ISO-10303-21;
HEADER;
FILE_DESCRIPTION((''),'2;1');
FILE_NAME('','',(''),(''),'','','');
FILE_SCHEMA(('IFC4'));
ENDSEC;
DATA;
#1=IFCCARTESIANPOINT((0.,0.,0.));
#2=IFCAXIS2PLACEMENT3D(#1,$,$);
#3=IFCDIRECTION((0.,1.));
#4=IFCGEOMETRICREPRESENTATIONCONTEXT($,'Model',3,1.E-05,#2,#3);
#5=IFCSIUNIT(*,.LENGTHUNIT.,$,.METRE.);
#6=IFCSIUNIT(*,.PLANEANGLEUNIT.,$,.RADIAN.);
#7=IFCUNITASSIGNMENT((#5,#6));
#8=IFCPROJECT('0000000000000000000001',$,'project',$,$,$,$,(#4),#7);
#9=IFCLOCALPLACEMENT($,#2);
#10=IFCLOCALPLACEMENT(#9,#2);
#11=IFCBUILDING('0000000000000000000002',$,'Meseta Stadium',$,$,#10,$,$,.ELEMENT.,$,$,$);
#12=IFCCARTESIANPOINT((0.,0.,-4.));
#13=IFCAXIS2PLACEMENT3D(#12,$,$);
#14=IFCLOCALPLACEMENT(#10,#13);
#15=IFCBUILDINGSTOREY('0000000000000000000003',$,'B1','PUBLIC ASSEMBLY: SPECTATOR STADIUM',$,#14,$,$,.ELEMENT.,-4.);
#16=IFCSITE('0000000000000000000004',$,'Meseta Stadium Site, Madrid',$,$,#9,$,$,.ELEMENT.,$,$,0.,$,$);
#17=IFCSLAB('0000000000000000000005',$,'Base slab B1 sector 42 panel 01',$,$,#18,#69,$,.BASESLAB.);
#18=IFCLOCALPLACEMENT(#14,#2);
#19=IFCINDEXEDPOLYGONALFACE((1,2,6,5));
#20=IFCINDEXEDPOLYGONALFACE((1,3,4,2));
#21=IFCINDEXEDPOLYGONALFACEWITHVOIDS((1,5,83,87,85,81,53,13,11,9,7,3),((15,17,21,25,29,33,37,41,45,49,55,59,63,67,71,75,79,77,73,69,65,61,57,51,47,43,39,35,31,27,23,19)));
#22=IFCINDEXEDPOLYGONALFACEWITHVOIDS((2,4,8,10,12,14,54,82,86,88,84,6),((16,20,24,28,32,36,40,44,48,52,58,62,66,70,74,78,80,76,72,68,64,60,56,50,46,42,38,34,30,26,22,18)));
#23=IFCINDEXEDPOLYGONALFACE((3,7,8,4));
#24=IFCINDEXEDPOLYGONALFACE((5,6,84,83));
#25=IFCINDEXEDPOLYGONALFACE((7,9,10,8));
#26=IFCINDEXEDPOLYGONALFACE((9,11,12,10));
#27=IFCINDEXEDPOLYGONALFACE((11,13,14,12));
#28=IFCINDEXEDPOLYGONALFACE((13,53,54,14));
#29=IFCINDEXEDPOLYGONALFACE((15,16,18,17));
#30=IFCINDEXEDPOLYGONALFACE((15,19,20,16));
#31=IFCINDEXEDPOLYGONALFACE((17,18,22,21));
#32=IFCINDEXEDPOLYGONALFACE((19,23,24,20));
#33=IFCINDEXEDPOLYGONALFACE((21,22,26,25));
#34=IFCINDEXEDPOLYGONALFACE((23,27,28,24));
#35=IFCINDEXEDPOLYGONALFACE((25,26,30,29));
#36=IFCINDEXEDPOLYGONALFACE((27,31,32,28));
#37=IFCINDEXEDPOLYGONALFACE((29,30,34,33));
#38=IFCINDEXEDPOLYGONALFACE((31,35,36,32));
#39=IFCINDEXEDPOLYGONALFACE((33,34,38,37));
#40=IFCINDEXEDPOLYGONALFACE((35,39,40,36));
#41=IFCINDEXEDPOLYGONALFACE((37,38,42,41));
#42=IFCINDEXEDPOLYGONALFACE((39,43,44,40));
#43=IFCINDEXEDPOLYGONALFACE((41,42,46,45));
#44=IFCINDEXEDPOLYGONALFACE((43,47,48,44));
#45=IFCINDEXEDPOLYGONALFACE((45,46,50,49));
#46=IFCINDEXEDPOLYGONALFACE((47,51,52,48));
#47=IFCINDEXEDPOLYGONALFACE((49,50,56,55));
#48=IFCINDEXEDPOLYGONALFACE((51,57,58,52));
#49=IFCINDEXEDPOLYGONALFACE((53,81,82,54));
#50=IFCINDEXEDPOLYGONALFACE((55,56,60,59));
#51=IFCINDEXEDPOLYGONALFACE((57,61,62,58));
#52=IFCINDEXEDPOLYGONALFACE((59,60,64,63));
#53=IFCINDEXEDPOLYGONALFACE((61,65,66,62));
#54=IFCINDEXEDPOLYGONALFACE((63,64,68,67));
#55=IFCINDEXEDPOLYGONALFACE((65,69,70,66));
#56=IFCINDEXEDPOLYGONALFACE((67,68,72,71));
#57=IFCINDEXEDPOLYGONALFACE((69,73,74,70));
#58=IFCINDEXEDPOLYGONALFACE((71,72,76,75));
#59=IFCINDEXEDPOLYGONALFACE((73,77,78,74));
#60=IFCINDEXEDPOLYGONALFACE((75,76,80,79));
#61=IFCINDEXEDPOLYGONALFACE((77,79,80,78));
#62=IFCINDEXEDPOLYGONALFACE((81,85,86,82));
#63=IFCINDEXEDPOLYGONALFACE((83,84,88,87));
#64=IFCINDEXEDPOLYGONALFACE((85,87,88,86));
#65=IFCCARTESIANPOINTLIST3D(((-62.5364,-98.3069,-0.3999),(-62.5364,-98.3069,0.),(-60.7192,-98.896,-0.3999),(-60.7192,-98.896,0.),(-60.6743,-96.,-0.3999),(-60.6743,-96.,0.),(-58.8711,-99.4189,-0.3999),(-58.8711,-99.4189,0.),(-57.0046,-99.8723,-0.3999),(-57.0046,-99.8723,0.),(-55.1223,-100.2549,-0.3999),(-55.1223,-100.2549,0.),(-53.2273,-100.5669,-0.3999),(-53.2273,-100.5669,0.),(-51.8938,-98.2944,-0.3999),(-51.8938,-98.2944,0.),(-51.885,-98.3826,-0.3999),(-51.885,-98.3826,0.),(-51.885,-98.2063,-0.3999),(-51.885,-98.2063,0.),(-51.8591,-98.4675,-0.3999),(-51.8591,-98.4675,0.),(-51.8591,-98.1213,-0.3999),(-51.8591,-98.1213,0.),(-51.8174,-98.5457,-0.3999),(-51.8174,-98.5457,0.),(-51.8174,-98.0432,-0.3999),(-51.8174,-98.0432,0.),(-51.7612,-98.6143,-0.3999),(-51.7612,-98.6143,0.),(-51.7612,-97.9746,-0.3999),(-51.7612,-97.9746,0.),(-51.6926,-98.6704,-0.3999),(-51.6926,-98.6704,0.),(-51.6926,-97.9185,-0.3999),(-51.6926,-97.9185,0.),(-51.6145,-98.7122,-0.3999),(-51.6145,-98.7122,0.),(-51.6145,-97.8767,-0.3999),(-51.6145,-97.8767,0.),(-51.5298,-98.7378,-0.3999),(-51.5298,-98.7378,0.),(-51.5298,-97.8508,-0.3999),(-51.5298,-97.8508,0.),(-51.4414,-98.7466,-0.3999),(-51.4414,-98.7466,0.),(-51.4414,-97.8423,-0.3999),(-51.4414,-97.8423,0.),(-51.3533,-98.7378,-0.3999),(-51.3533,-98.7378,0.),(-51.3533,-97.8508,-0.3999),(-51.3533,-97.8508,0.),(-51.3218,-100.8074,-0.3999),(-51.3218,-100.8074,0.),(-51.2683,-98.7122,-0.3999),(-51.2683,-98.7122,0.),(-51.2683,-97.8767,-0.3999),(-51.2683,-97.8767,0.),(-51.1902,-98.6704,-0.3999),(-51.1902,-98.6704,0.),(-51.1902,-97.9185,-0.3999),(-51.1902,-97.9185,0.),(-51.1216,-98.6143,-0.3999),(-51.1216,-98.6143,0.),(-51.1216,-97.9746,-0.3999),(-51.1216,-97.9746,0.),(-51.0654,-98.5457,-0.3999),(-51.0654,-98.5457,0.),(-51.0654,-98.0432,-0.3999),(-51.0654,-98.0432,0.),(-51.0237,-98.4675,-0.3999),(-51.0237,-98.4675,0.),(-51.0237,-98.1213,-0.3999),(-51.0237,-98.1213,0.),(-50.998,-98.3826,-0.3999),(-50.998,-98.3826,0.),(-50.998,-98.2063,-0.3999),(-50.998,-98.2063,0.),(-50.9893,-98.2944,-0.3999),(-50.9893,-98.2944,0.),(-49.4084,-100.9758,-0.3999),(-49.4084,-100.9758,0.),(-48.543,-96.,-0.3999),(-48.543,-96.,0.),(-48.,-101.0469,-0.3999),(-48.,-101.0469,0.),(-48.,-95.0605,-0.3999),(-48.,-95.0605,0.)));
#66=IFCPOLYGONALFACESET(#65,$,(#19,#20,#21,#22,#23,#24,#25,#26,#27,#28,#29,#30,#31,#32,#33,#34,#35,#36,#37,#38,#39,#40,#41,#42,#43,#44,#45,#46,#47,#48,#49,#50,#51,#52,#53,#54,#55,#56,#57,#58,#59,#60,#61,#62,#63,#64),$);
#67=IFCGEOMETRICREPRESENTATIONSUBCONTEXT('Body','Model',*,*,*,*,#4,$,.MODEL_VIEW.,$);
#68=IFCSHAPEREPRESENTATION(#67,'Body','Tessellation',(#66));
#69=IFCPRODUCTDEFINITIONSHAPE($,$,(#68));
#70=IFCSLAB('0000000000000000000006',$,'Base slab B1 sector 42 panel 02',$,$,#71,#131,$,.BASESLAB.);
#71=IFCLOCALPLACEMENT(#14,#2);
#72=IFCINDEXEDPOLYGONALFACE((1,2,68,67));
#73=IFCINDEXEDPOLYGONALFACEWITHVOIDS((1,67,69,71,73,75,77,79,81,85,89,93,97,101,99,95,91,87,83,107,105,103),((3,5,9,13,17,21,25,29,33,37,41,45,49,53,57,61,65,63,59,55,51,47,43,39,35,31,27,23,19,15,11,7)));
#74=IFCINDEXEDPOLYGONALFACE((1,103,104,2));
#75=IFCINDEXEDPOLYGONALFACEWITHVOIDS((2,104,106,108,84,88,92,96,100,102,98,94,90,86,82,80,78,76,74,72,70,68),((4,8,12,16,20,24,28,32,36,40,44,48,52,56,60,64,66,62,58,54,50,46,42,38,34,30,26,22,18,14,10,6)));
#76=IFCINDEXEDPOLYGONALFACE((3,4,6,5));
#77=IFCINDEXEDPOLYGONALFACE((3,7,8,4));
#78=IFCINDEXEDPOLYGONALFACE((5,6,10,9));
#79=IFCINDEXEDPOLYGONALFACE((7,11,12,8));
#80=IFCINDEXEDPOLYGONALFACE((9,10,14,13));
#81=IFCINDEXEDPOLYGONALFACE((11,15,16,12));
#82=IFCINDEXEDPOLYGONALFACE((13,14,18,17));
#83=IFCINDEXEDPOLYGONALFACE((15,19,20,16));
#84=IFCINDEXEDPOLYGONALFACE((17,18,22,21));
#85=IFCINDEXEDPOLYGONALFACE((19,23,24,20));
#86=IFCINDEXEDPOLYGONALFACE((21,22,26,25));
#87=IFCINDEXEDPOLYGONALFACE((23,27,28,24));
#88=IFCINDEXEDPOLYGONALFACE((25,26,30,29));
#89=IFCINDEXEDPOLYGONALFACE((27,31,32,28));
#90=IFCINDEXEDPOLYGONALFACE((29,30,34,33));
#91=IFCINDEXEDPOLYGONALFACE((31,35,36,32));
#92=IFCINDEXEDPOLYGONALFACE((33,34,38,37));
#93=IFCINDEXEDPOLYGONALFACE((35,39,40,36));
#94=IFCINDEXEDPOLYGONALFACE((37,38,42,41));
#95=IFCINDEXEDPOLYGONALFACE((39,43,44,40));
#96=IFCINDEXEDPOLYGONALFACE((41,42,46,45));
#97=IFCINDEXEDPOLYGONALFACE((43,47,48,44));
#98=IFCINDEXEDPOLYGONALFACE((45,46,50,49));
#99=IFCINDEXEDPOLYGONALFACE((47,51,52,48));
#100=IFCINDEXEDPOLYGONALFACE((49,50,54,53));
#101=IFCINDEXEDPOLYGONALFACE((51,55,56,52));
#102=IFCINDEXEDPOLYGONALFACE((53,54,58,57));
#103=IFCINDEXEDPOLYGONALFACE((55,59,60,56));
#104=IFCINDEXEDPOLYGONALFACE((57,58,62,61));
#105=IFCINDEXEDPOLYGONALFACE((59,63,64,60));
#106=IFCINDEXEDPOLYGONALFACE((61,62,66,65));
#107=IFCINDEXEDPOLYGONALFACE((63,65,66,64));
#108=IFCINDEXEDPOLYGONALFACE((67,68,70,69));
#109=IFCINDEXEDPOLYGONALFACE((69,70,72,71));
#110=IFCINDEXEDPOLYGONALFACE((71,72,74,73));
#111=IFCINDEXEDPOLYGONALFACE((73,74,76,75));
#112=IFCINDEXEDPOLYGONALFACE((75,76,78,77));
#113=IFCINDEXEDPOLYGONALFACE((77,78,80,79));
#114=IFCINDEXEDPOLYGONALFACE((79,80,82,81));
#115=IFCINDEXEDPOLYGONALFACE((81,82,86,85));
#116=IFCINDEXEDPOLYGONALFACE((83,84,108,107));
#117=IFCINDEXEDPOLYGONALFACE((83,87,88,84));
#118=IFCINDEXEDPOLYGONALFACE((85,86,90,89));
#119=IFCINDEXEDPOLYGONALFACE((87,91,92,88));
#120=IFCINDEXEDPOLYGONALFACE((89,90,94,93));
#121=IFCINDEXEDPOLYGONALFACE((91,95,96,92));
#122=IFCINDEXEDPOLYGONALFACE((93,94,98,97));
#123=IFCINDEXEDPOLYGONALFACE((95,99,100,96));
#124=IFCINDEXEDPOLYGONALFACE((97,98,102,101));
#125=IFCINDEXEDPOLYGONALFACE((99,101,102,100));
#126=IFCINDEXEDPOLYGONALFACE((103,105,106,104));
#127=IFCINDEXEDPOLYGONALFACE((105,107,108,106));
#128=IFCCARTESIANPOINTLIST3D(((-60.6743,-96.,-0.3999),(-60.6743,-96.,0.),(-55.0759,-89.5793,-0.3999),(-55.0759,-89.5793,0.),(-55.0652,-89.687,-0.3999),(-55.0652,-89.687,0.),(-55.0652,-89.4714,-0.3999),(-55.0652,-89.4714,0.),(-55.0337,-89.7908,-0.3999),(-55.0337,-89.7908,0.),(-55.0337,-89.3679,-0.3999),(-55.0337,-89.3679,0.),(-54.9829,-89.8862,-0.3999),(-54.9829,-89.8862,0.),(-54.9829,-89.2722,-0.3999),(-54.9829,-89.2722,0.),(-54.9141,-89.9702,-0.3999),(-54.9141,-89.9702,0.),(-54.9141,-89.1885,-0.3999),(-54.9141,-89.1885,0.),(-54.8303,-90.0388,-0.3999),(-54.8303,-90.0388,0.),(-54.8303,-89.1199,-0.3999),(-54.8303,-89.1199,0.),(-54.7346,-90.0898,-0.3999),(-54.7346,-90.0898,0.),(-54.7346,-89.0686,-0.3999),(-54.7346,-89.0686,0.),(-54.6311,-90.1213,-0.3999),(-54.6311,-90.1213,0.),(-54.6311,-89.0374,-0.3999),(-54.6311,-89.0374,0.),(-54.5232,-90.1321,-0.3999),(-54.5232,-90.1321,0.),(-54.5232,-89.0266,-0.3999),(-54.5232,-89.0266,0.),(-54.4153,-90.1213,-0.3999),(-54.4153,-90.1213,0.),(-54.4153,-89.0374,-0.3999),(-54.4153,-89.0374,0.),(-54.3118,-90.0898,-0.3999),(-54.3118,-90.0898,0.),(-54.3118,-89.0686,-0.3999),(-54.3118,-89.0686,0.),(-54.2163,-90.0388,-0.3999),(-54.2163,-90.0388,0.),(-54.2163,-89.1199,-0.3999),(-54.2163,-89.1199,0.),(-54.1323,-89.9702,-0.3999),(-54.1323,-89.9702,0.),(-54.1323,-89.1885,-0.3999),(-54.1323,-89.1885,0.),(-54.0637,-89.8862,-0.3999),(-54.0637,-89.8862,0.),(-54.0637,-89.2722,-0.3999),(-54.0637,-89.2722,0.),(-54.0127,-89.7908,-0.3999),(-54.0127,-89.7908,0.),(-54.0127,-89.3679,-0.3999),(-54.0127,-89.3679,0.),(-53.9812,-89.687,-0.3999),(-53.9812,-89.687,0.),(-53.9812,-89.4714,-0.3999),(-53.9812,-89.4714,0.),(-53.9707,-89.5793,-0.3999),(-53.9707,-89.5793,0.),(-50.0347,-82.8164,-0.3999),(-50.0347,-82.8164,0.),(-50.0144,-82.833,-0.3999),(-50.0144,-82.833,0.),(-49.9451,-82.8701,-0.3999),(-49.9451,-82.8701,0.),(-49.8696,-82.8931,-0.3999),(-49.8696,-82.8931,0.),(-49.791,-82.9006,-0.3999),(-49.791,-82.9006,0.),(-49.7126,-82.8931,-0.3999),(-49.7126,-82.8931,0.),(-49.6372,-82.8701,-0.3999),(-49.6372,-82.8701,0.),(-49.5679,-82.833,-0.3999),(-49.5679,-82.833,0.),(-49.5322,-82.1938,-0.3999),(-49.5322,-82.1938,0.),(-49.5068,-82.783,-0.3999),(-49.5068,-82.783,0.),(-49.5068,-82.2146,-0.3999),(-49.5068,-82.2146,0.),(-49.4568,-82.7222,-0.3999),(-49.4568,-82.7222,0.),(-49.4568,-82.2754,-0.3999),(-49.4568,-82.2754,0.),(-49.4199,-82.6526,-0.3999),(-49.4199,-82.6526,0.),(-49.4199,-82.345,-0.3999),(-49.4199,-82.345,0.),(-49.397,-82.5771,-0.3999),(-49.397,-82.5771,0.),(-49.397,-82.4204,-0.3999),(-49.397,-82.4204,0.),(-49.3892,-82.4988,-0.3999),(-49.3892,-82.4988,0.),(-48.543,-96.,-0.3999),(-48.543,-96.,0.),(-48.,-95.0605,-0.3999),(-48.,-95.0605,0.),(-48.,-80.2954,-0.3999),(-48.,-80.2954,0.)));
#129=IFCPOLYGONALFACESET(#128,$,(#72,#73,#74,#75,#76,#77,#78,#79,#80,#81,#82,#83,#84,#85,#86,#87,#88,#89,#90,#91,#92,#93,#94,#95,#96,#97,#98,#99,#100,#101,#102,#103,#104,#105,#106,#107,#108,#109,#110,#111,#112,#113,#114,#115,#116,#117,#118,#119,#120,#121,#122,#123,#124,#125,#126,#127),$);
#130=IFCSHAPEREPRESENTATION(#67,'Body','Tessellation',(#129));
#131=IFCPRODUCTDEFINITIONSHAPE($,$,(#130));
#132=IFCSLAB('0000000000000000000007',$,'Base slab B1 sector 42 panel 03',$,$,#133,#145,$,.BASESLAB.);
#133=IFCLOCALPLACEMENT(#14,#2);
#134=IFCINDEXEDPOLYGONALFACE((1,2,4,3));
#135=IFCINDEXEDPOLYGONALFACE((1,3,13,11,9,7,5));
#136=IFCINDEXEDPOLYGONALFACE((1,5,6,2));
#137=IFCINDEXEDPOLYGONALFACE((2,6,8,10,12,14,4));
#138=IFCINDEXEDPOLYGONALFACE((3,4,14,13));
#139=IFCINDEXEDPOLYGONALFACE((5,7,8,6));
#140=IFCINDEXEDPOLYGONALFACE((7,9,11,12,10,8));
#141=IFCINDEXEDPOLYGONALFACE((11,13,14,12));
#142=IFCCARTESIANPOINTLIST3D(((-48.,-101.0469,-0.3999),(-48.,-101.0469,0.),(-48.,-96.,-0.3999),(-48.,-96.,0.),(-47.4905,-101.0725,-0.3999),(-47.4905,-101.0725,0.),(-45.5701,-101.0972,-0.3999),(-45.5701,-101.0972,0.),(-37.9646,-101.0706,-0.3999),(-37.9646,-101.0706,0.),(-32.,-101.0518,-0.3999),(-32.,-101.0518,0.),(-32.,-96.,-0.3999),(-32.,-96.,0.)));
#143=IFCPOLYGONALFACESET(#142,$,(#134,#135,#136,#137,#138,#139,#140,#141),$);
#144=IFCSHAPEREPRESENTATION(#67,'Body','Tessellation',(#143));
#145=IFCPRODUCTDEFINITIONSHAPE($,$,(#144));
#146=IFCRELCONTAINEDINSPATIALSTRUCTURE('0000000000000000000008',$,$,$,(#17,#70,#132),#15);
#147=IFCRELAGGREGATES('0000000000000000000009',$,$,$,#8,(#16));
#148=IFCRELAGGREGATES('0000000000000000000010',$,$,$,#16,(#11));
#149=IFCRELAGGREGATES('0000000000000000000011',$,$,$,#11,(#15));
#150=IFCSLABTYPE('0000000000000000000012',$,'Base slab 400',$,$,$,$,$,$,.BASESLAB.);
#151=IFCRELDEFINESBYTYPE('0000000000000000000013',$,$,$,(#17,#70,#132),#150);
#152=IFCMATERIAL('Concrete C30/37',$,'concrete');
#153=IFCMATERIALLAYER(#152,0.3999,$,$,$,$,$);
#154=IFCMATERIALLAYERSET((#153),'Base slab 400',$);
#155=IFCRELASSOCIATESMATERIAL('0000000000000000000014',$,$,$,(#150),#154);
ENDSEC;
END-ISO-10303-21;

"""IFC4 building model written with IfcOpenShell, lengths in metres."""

from ifc_helpers import new_model, si_unit, direction, frame, origin, place, context, subcontext, project, spatial, polyline, outline, extrude, material, layer, layer_set, type_object, element, save


model = new_model("IFC4")

# Units and contexts
model_context = context("Model", 3, precision=1e-05, world=origin(), true_north=direction((0.0, 1.0)))
body_context = subcontext(model_context, "Body", "Model", "MODEL_VIEW")
ifc_project = project(units=[si_unit("LENGTHUNIT", "METRE"), si_unit("PLANEANGLEUNIT", "RADIAN")], contexts=[model_context])

# Site, building, storey
site_placement = place(None, origin())
site = spatial("IfcSite", under=ifc_project, at=site_placement, Name="Meseta Stadium Site, Madrid", CompositionType="ELEMENT", RefElevation=0.0)
building_placement = place(site_placement, origin())
building = spatial("IfcBuilding", under=site, at=building_placement, Name="Meseta Stadium", CompositionType="ELEMENT")
storey_placement = place(building_placement, frame((0.0, 0.0, -4.0)))
storey = spatial("IfcBuildingStorey", under=building, at=storey_placement, Name="B1", Description="PUBLIC ASSEMBLY: SPECTATOR STADIUM", CompositionType="ELEMENT", Elevation=-4.0)

# Slabs
ifc_material = material(Name="Concrete C30/37", Category="concrete")
ifc_layer = layer(ifc_material, 0.3999)
ifc_layer_set = layer_set([ifc_layer], Name="Base slab 400")
slab_type = type_object("IfcSlabType", Name="Base slab 400", PredefinedType="BASESLAB", material=ifc_layer_set)
slab_1_placement = place(storey_placement, frame((0.0, 0.0, -0.3999)))
element("IfcSlab", 1, at=slab_1_placement, inside=storey, type_object=slab_type, Name="Base slab B1 sector 42 panel 01", PredefinedType="BASESLAB", context=body_context, shape_type="SweptSolid", body=[
    extrude(outline(polyline([(-62.5364, -98.3069), (-60.7192, -98.896), (-58.8711, -99.4189), (-57.0046, -99.8723), (-55.1223, -100.2549), (-53.2273, -100.5669), (-51.3218, -100.8074), (-49.4084, -100.9758), (-48.0, -101.0469), (-48.0, -95.0605), (-48.543, -96.0), (-60.6743, -96.0), (-62.5364, -98.3069)]), holes=[polyline([(-51.0237, -98.4675), (-51.0654, -98.5457), (-51.1216, -98.6143), (-51.1902, -98.6704), (-51.2683, -98.7122), (-51.3533, -98.7378), (-51.4414, -98.7466), (-51.5298, -98.7378), (-51.6145, -98.7122), (-51.6926, -98.6704), (-51.7612, -98.6143), (-51.8174, -98.5457), (-51.8591, -98.4675), (-51.885, -98.3826), (-51.8938, -98.2944), (-51.885, -98.2063), (-51.8591, -98.1213), (-51.8174, -98.0432), (-51.7612, -97.9746), (-51.6926, -97.9185), (-51.6145, -97.8767), (-51.5298, -97.8508), (-51.4414, -97.8423), (-51.3533, -97.8508), (-51.2683, -97.8767), (-51.1902, -97.9185), (-51.1216, -97.9746), (-51.0654, -98.0432), (-51.0237, -98.1213), (-50.998, -98.2063), (-50.9893, -98.2944), (-50.998, -98.3826), (-51.0237, -98.4675)])]), origin(), (0.0, 0.0, 1.0), 0.3999),
])
slab_2_placement = place(storey_placement, frame((0.0, 0.0, -0.3999)))
element("IfcSlab", 2, at=slab_2_placement, inside=storey, type_object=slab_type, Name="Base slab B1 sector 42 panel 02", PredefinedType="BASESLAB", context=body_context, shape_type="SweptSolid", body=[
    extrude(outline(polyline([(-50.0144, -82.833), (-50.0347, -82.8164), (-60.6743, -96.0), (-48.543, -96.0), (-48.0, -95.0605), (-48.0, -80.2954), (-49.5322, -82.1938), (-49.5068, -82.2146), (-49.4568, -82.2754), (-49.4199, -82.345), (-49.397, -82.4204), (-49.3892, -82.4988), (-49.397, -82.5771), (-49.4199, -82.6526), (-49.4568, -82.7222), (-49.5068, -82.783), (-49.5679, -82.833), (-49.6372, -82.8701), (-49.7126, -82.8931), (-49.791, -82.9006), (-49.8696, -82.8931), (-49.9451, -82.8701), (-50.0144, -82.833)]), holes=[polyline([(-54.3118, -90.0898), (-54.4153, -90.1213), (-54.5232, -90.1321), (-54.6311, -90.1213), (-54.7346, -90.0898), (-54.8303, -90.0388), (-54.9141, -89.9702), (-54.9829, -89.8862), (-55.0337, -89.7908), (-55.0652, -89.687), (-55.0759, -89.5793), (-55.0652, -89.4714), (-55.0337, -89.3679), (-54.9829, -89.2722), (-54.9141, -89.1885), (-54.8303, -89.1199), (-54.7346, -89.0686), (-54.6311, -89.0374), (-54.5232, -89.0266), (-54.4153, -89.0374), (-54.3118, -89.0686), (-54.2163, -89.1199), (-54.1323, -89.1885), (-54.0637, -89.2722), (-54.0127, -89.3679), (-53.9812, -89.4714), (-53.9707, -89.5793), (-53.9812, -89.687), (-54.0127, -89.7908), (-54.0637, -89.8862), (-54.1323, -89.9702), (-54.2163, -90.0388), (-54.3118, -90.0898)])]), origin(), (0.0, 0.0, 1.0), 0.3999),
])
slab_3_placement = place(storey_placement, frame((0.0, 0.0, -0.3999)))
element("IfcSlab", 3, at=slab_3_placement, inside=storey, type_object=slab_type, Name="Base slab B1 sector 42 panel 03", PredefinedType="BASESLAB", context=body_context, shape_type="SweptSolid", body=[
    extrude(outline(polyline([(-48.0, -101.0469), (-47.4905, -101.0725), (-45.5701, -101.0972), (-37.9646, -101.0706), (-32.0, -101.0518), (-32.0, -96.0), (-48.0, -96.0), (-48.0, -101.0469)])), origin(), (0.0, 0.0, 1.0), 0.3999),
])

save(model, "model.ifc")
